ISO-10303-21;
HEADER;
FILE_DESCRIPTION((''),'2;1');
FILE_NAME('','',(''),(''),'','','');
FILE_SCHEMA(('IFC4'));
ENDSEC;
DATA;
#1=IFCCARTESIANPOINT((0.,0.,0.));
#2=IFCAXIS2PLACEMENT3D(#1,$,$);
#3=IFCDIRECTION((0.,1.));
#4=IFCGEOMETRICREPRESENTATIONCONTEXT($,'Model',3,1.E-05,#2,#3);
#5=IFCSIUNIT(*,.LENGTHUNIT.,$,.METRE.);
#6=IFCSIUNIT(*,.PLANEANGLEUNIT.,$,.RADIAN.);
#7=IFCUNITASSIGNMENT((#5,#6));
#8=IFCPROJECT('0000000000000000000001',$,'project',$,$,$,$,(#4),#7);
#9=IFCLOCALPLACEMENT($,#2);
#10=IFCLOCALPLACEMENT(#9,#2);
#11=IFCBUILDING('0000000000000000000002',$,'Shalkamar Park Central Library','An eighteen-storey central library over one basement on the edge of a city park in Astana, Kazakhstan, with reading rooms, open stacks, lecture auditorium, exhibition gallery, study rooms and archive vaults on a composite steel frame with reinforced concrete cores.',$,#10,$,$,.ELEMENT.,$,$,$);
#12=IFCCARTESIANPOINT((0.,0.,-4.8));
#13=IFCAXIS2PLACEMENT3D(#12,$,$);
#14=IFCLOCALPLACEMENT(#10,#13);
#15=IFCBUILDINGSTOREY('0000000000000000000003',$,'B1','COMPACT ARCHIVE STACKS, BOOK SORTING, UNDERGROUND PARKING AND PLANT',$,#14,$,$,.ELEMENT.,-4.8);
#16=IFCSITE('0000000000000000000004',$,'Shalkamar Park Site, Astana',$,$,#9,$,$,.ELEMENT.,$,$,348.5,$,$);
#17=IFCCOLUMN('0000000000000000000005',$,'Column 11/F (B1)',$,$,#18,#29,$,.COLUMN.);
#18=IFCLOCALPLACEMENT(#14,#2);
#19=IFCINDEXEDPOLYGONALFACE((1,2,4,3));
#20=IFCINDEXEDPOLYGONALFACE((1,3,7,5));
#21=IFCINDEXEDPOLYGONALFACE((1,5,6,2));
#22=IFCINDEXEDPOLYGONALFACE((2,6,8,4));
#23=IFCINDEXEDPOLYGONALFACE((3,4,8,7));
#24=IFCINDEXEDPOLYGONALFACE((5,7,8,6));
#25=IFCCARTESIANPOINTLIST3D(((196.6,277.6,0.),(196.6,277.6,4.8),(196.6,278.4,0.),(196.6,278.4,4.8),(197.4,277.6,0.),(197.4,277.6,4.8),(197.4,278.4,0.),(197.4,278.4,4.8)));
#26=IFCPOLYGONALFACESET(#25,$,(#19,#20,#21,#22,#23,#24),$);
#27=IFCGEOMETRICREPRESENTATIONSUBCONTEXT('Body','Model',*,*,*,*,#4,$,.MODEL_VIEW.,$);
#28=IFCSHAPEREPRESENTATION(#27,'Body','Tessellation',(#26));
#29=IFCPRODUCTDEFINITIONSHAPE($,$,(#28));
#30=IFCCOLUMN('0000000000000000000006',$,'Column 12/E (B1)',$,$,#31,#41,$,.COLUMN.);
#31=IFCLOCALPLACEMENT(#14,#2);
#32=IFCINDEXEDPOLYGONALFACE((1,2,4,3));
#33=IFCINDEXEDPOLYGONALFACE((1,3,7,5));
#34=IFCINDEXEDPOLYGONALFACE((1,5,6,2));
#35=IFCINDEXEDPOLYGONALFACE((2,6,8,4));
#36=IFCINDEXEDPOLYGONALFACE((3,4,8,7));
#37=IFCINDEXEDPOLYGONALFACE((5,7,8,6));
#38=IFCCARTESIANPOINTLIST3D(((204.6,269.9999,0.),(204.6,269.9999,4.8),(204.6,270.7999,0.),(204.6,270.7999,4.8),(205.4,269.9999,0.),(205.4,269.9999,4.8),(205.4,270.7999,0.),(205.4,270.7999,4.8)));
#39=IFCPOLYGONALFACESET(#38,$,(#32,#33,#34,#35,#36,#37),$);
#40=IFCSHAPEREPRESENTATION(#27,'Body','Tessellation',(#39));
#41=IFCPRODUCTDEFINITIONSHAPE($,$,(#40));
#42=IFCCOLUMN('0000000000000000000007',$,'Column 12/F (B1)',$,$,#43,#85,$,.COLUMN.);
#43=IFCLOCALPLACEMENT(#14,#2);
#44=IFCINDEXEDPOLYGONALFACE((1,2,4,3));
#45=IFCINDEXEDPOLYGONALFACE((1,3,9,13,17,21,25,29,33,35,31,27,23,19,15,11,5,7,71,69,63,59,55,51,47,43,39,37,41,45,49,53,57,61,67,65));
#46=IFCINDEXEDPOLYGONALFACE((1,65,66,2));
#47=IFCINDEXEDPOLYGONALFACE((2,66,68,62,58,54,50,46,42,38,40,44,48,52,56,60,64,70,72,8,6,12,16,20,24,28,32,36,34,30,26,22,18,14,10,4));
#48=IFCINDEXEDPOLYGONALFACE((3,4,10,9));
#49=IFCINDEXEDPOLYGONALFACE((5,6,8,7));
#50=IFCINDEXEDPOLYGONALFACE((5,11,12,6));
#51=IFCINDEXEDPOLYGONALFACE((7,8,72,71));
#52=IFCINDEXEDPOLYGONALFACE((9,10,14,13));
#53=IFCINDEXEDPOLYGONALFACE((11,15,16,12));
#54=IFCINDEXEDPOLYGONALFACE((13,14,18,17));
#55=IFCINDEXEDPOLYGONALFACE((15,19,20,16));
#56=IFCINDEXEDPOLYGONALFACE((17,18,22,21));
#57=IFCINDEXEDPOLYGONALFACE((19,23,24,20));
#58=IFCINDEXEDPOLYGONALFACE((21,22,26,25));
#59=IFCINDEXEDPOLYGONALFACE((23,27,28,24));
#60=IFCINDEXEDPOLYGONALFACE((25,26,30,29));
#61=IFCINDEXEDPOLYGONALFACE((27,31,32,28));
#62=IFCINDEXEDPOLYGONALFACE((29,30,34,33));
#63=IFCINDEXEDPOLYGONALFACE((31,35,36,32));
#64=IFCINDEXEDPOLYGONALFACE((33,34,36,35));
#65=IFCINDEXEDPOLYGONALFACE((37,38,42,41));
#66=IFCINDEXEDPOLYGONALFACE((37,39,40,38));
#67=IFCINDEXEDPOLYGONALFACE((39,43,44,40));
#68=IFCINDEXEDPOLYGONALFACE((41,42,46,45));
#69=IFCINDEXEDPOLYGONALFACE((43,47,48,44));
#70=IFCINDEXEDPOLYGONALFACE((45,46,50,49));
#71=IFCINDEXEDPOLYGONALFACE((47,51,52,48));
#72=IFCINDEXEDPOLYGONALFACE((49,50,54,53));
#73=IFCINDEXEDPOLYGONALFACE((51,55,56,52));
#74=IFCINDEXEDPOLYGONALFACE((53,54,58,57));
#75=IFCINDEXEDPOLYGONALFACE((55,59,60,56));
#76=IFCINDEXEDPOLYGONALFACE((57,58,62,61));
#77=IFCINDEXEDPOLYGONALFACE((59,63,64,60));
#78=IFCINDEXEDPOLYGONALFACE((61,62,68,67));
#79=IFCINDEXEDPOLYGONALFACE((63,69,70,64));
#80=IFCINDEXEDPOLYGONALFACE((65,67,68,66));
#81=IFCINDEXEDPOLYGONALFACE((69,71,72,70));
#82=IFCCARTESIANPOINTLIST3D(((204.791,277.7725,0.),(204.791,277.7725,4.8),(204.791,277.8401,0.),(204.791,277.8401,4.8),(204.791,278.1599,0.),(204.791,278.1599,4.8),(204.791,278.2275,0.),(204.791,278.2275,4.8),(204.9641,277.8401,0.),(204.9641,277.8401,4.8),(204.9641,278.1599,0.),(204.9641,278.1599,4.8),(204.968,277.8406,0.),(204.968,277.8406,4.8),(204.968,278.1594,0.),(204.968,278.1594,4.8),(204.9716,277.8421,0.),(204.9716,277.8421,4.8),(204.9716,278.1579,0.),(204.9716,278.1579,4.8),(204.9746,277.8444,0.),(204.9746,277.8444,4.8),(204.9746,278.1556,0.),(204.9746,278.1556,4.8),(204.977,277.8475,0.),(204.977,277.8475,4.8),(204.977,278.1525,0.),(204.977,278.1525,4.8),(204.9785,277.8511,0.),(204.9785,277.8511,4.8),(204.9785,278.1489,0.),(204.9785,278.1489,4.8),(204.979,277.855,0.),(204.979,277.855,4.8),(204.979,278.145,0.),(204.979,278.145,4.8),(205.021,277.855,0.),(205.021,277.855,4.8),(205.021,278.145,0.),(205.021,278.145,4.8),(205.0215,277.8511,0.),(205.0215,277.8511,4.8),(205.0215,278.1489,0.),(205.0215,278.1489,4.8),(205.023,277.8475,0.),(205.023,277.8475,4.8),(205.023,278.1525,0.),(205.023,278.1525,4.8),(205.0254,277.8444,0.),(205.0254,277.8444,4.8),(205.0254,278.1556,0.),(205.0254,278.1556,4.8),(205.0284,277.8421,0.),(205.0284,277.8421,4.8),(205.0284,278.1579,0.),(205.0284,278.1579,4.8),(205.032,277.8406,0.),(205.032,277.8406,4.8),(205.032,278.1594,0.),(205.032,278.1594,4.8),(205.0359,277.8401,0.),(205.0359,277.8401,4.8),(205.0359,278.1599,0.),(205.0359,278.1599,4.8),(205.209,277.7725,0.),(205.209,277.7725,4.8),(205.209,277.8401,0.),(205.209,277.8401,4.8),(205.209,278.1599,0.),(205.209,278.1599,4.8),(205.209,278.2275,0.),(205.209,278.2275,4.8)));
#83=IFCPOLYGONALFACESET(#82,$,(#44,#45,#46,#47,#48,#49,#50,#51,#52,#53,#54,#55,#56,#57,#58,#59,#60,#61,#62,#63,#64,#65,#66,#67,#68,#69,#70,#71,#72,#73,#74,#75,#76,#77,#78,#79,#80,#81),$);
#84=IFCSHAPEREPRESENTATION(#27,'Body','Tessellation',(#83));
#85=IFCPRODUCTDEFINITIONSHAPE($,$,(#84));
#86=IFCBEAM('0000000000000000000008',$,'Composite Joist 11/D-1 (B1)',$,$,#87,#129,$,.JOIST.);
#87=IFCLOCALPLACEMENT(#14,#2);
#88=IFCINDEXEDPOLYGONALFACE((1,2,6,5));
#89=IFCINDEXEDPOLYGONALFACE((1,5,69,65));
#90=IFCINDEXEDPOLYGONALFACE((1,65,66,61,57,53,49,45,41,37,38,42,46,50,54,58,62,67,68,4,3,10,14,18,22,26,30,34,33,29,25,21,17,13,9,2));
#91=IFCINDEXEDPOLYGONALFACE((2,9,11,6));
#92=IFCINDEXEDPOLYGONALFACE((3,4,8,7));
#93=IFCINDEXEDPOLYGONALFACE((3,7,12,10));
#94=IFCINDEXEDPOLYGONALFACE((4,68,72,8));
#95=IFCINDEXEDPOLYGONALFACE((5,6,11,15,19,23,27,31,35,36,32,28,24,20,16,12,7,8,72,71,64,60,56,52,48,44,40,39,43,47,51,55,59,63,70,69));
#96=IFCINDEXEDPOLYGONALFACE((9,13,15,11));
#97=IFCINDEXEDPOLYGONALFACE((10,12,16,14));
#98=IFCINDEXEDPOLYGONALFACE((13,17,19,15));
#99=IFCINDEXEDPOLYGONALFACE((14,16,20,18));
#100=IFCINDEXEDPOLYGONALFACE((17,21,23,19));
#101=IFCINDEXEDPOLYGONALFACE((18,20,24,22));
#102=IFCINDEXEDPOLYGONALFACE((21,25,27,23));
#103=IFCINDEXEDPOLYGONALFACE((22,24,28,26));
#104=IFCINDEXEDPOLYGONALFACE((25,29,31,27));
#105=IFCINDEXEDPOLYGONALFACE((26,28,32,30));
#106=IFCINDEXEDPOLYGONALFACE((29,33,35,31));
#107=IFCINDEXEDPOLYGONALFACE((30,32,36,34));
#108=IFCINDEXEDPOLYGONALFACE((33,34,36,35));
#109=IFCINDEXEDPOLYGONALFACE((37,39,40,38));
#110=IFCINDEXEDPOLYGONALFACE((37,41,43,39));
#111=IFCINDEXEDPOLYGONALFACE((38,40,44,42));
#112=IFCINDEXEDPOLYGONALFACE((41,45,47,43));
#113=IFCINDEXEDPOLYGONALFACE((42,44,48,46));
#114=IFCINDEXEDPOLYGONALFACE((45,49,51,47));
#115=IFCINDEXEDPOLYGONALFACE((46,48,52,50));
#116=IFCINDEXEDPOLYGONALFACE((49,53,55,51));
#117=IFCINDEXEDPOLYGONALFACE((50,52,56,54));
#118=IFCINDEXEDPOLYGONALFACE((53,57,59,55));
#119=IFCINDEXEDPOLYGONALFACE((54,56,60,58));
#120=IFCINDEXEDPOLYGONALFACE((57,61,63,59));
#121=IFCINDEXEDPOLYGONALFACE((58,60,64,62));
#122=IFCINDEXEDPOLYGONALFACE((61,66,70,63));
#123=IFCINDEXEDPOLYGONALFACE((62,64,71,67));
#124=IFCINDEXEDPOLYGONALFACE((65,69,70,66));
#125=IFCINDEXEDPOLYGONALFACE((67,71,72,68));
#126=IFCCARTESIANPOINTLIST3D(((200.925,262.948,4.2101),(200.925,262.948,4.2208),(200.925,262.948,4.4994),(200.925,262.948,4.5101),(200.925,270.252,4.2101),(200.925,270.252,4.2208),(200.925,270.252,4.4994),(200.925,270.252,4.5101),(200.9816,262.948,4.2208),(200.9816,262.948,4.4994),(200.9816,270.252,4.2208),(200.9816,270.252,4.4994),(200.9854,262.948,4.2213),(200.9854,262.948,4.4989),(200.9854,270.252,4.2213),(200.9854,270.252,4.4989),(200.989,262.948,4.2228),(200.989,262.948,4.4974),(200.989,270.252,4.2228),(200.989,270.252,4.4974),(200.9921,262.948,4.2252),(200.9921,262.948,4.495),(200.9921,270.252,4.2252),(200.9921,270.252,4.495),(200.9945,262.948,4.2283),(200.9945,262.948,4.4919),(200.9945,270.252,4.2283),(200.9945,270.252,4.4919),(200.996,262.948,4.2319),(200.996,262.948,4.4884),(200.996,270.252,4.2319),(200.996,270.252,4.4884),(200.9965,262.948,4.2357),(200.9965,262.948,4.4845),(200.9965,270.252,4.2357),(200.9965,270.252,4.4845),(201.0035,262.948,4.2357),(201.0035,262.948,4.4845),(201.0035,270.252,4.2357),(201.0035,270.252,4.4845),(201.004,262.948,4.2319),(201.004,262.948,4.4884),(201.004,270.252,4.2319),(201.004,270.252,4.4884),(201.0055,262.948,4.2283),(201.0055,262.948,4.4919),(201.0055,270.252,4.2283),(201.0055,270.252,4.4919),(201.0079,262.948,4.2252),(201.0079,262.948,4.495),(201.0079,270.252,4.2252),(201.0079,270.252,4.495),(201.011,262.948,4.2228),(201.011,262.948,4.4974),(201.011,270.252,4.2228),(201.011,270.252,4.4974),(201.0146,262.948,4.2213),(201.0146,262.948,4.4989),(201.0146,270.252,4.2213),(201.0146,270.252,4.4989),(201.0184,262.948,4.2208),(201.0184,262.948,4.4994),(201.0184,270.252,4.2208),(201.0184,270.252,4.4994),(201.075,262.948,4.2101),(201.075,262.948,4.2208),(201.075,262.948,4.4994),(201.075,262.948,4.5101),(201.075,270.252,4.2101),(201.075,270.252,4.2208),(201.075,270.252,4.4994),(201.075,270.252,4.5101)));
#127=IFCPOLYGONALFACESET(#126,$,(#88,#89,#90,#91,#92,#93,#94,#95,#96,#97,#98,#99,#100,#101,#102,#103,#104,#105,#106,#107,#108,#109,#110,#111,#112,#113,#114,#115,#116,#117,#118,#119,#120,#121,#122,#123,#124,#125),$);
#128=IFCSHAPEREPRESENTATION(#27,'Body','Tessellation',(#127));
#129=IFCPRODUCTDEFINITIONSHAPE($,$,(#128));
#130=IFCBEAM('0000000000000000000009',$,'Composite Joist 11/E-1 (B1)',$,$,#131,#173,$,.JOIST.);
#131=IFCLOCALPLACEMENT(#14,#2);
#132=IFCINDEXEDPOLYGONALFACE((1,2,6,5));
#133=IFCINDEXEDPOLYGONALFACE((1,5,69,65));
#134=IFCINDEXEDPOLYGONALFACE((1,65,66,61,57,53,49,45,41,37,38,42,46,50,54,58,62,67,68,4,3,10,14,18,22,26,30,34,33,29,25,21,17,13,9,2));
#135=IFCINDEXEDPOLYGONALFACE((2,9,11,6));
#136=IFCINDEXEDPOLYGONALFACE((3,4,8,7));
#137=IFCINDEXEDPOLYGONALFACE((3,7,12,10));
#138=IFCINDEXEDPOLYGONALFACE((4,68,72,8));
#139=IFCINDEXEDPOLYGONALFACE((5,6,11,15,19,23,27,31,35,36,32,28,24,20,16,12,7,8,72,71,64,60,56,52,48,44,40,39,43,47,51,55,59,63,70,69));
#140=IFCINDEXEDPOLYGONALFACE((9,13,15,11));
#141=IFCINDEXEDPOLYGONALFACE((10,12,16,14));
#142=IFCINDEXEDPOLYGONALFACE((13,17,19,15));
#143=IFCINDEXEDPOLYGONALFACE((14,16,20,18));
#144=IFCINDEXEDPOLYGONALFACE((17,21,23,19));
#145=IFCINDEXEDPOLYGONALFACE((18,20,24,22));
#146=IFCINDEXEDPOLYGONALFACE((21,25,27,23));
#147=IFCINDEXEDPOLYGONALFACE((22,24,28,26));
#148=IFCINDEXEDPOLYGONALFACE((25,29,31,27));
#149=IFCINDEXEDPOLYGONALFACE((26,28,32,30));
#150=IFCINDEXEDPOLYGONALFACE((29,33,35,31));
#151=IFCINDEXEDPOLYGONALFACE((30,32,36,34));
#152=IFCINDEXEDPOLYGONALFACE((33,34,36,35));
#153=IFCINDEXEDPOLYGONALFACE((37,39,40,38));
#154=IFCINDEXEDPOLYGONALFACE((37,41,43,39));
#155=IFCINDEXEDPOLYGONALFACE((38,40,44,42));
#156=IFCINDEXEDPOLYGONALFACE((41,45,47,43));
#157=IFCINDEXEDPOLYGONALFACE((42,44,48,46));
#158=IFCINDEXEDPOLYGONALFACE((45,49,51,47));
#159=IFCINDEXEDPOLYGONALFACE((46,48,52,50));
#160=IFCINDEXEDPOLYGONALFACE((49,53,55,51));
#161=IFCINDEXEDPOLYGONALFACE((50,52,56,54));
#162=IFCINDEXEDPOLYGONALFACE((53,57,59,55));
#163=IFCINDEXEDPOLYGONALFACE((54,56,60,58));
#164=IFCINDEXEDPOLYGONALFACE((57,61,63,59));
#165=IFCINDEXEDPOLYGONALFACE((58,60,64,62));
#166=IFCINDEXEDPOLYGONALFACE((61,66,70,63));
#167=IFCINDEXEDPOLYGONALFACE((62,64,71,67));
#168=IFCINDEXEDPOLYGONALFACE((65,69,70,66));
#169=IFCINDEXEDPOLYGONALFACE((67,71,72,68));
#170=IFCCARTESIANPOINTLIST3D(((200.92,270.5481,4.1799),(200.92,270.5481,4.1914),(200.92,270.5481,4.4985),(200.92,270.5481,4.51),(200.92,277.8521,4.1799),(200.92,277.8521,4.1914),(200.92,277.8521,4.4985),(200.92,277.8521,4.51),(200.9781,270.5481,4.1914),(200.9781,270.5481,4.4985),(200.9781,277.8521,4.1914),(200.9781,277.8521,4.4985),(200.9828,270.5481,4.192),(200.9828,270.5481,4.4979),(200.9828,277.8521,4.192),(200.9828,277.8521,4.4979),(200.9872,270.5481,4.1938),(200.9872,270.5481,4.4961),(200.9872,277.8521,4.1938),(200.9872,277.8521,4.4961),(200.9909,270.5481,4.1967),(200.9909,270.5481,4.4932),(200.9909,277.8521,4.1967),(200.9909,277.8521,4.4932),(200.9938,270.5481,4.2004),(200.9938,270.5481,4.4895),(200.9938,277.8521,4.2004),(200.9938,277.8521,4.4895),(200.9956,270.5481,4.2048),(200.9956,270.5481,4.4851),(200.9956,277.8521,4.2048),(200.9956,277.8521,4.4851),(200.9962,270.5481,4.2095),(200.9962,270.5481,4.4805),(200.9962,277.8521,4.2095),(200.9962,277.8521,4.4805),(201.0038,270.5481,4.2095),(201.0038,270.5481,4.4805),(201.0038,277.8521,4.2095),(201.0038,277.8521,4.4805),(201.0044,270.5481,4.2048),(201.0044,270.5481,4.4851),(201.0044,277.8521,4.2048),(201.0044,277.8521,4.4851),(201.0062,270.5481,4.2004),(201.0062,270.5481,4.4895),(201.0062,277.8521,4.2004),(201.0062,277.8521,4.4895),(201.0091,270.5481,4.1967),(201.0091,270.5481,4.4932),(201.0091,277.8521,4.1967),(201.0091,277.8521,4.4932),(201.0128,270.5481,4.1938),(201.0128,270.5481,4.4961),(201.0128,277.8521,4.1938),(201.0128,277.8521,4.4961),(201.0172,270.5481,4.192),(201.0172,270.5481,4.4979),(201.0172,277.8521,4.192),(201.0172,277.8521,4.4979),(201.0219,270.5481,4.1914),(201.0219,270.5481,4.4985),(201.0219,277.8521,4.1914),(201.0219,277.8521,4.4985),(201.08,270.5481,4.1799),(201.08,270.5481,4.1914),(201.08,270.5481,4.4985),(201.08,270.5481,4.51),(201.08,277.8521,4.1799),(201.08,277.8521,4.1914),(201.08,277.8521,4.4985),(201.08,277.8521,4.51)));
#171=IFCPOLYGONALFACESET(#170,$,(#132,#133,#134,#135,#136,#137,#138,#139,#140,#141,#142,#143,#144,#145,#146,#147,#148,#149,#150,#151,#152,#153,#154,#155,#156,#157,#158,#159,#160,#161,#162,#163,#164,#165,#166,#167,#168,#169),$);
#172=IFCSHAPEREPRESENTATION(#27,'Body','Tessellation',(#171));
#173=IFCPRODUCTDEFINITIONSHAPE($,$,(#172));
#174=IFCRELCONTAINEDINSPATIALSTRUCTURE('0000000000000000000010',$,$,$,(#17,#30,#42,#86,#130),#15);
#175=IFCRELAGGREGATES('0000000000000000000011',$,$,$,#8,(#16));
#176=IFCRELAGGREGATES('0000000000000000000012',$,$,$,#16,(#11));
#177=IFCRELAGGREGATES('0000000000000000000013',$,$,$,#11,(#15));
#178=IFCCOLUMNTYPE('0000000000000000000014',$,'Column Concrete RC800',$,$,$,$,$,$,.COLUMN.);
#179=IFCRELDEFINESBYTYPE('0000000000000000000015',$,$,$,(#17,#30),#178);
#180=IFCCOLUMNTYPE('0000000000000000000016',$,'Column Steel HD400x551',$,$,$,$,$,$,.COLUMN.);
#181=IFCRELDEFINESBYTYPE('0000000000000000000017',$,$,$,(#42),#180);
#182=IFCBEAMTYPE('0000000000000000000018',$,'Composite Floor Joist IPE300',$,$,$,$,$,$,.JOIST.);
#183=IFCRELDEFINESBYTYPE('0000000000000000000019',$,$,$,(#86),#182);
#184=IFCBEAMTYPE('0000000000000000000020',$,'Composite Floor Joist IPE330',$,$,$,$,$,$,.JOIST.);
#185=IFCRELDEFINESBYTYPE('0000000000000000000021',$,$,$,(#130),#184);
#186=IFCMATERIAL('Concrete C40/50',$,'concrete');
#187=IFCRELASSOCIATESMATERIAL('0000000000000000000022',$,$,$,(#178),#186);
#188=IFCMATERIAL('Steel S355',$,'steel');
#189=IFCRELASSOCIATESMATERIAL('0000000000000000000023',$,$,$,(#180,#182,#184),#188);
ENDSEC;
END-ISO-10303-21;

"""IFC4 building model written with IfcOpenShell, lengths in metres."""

from ifc_helpers import new_model, si_unit, direction, frame, origin, origin_2d, place, context, subcontext, project, spatial, rectangle, i_section, extrude, material, material_profile, profile_set, type_object, element, save


model = new_model("IFC4")

# Units and contexts
model_context = context("Model", 3, precision=1e-05, world=origin(), true_north=direction((0.0, 1.0)))
body_context = subcontext(model_context, "Body", "Model", "MODEL_VIEW")
ifc_project = project(units=[si_unit("LENGTHUNIT", "METRE"), si_unit("PLANEANGLEUNIT", "RADIAN")], contexts=[model_context])

# Site, building, storey
site_placement = place(None, origin())
site = spatial("IfcSite", under=ifc_project, at=site_placement, Name="Shalkamar Park Site, Astana", CompositionType="ELEMENT", RefElevation=348.5)
building_placement = place(site_placement, origin())
building = spatial("IfcBuilding", under=site, at=building_placement, Name="Shalkamar Park Central Library", Description="An eighteen-storey central library over one basement on the edge of a city park in Astana, Kazakhstan, with reading rooms, open stacks, lecture auditorium, exhibition gallery, study rooms and archive vaults on a composite steel frame with reinforced concrete cores.", CompositionType="ELEMENT")
storey_placement = place(building_placement, frame((0.0, 0.0, -4.8)))
storey = spatial("IfcBuildingStorey", under=building, at=storey_placement, Name="B1", Description="COMPACT ARCHIVE STACKS, BOOK SORTING, UNDERGROUND PARKING AND PLANT", CompositionType="ELEMENT", Elevation=-4.8)

# Columns
ifc_material_1 = material(Name="Concrete C40/50", Category="concrete")
ifc_material_profile_1 = material_profile(ifc_material_1, rectangle(XDim=0.8, YDim=0.8, at=origin_2d()), Name="RC 800x800")
ifc_profile_set_1 = profile_set([ifc_material_profile_1], Name="Concrete C40/50")
column_type_1 = type_object("IfcColumnType", Name="Column Concrete RC800", PredefinedType="COLUMN", material=ifc_profile_set_1)
for number, where, z_axis, x_axis, name in (
    (1, (197.0, 278.0, 0.0), (0.0, 0.0, 1.0), (1.0, 0.0, 0.0), "Column 11/F (B1)"),
    (2, (205.0, 270.3999, 0.0), (0.0, 0.0, 1.0), (1.0, 0.0, 0.0), "Column 12/E (B1)"),
):
    element("IfcColumn", number, at=place(storey_placement, frame(where, z_axis=z_axis, x_axis=x_axis)), inside=storey, type_object=column_type_1, Name=name, PredefinedType="COLUMN", context=body_context, shape_type="SweptSolid", body=[
        extrude(rectangle(XDim=0.8, YDim=0.8, at=origin_2d()), origin(), (0.0, 0.0, 1.0), 4.8),
    ])
ifc_material_2 = material(Name="Steel S355", Category="steel")
ifc_material_profile_2 = material_profile(ifc_material_2, i_section(OverallWidth=0.418, OverallDepth=0.4551, WebThickness=0.042, FlangeThickness=0.0676, FilletRadius=0.0149, at=origin_2d()), Name="HD 400x551")
ifc_profile_set_2 = profile_set([ifc_material_profile_2], Name="Steel S355")
column_type_2 = type_object("IfcColumnType", Name="Column Steel HD400x551", PredefinedType="COLUMN", material=ifc_profile_set_2)
column_placement = place(storey_placement, frame((205.0, 278.0, 0.0), z_axis=(0.0, 0.0, 1.0), x_axis=(1.0, 0.0, 0.0)))
element("IfcColumn", 3, at=column_placement, inside=storey, type_object=column_type_2, Name="Column 12/F (B1)", PredefinedType="COLUMN", context=body_context, shape_type="SweptSolid", body=[
    extrude(i_section(OverallWidth=0.418, OverallDepth=0.4551, WebThickness=0.042, FlangeThickness=0.0676, FilletRadius=0.0149, at=origin_2d()), origin(), (0.0, 0.0, 1.0), 4.8),
])

# Beams
ifc_material_profile_3 = material_profile(ifc_material_2, i_section(OverallWidth=0.1499, OverallDepth=0.3, WebThickness=0.0071, FlangeThickness=0.0107, FilletRadius=0.0149, at=origin_2d()), Name="IPE 300")
ifc_profile_set_3 = profile_set([ifc_material_profile_3], Name="Steel S355")
beam_type_1 = type_object("IfcBeamType", Name="Composite Floor Joist IPE300", PredefinedType="JOIST", material=ifc_profile_set_3)
beam_1_placement = place(storey_placement, frame((201.0, 262.948, 4.3601), z_axis=(0.0, 1.0, 0.0), x_axis=(-1.0, 0.0, 0.0)))
element("IfcBeam", 4, at=beam_1_placement, inside=storey, type_object=beam_type_1, Name="Composite Joist 11/D-1 (B1)", PredefinedType="JOIST", context=body_context, shape_type="SweptSolid", body=[
    extrude(i_section(OverallWidth=0.1499, OverallDepth=0.3, WebThickness=0.0071, FlangeThickness=0.0107, FilletRadius=0.0149, at=origin_2d()), origin(), (0.0, 0.0, 1.0), 7.304),
])
ifc_material_profile_4 = material_profile(ifc_material_2, i_section(OverallWidth=0.1599, OverallDepth=0.3301, WebThickness=0.0076, FlangeThickness=0.0115, FilletRadius=0.0181, at=origin_2d()), Name="IPE 330")
ifc_profile_set_4 = profile_set([ifc_material_profile_4], Name="Steel S355")
beam_type_2 = type_object("IfcBeamType", Name="Composite Floor Joist IPE330", PredefinedType="JOIST", material=ifc_profile_set_4)
beam_2_placement = place(storey_placement, frame((201.0, 270.5481, 4.345), z_axis=(0.0, 1.0, 0.0), x_axis=(-1.0, 0.0, 0.0)))
element("IfcBeam", 5, at=beam_2_placement, inside=storey, type_object=beam_type_2, Name="Composite Joist 11/E-1 (B1)", PredefinedType="JOIST", context=body_context, shape_type="SweptSolid", body=[
    extrude(i_section(OverallWidth=0.1599, OverallDepth=0.3301, WebThickness=0.0076, FlangeThickness=0.0115, FilletRadius=0.0181, at=origin_2d()), origin(), (0.0, 0.0, 1.0), 7.304),
])

save(model, "model.ifc")
